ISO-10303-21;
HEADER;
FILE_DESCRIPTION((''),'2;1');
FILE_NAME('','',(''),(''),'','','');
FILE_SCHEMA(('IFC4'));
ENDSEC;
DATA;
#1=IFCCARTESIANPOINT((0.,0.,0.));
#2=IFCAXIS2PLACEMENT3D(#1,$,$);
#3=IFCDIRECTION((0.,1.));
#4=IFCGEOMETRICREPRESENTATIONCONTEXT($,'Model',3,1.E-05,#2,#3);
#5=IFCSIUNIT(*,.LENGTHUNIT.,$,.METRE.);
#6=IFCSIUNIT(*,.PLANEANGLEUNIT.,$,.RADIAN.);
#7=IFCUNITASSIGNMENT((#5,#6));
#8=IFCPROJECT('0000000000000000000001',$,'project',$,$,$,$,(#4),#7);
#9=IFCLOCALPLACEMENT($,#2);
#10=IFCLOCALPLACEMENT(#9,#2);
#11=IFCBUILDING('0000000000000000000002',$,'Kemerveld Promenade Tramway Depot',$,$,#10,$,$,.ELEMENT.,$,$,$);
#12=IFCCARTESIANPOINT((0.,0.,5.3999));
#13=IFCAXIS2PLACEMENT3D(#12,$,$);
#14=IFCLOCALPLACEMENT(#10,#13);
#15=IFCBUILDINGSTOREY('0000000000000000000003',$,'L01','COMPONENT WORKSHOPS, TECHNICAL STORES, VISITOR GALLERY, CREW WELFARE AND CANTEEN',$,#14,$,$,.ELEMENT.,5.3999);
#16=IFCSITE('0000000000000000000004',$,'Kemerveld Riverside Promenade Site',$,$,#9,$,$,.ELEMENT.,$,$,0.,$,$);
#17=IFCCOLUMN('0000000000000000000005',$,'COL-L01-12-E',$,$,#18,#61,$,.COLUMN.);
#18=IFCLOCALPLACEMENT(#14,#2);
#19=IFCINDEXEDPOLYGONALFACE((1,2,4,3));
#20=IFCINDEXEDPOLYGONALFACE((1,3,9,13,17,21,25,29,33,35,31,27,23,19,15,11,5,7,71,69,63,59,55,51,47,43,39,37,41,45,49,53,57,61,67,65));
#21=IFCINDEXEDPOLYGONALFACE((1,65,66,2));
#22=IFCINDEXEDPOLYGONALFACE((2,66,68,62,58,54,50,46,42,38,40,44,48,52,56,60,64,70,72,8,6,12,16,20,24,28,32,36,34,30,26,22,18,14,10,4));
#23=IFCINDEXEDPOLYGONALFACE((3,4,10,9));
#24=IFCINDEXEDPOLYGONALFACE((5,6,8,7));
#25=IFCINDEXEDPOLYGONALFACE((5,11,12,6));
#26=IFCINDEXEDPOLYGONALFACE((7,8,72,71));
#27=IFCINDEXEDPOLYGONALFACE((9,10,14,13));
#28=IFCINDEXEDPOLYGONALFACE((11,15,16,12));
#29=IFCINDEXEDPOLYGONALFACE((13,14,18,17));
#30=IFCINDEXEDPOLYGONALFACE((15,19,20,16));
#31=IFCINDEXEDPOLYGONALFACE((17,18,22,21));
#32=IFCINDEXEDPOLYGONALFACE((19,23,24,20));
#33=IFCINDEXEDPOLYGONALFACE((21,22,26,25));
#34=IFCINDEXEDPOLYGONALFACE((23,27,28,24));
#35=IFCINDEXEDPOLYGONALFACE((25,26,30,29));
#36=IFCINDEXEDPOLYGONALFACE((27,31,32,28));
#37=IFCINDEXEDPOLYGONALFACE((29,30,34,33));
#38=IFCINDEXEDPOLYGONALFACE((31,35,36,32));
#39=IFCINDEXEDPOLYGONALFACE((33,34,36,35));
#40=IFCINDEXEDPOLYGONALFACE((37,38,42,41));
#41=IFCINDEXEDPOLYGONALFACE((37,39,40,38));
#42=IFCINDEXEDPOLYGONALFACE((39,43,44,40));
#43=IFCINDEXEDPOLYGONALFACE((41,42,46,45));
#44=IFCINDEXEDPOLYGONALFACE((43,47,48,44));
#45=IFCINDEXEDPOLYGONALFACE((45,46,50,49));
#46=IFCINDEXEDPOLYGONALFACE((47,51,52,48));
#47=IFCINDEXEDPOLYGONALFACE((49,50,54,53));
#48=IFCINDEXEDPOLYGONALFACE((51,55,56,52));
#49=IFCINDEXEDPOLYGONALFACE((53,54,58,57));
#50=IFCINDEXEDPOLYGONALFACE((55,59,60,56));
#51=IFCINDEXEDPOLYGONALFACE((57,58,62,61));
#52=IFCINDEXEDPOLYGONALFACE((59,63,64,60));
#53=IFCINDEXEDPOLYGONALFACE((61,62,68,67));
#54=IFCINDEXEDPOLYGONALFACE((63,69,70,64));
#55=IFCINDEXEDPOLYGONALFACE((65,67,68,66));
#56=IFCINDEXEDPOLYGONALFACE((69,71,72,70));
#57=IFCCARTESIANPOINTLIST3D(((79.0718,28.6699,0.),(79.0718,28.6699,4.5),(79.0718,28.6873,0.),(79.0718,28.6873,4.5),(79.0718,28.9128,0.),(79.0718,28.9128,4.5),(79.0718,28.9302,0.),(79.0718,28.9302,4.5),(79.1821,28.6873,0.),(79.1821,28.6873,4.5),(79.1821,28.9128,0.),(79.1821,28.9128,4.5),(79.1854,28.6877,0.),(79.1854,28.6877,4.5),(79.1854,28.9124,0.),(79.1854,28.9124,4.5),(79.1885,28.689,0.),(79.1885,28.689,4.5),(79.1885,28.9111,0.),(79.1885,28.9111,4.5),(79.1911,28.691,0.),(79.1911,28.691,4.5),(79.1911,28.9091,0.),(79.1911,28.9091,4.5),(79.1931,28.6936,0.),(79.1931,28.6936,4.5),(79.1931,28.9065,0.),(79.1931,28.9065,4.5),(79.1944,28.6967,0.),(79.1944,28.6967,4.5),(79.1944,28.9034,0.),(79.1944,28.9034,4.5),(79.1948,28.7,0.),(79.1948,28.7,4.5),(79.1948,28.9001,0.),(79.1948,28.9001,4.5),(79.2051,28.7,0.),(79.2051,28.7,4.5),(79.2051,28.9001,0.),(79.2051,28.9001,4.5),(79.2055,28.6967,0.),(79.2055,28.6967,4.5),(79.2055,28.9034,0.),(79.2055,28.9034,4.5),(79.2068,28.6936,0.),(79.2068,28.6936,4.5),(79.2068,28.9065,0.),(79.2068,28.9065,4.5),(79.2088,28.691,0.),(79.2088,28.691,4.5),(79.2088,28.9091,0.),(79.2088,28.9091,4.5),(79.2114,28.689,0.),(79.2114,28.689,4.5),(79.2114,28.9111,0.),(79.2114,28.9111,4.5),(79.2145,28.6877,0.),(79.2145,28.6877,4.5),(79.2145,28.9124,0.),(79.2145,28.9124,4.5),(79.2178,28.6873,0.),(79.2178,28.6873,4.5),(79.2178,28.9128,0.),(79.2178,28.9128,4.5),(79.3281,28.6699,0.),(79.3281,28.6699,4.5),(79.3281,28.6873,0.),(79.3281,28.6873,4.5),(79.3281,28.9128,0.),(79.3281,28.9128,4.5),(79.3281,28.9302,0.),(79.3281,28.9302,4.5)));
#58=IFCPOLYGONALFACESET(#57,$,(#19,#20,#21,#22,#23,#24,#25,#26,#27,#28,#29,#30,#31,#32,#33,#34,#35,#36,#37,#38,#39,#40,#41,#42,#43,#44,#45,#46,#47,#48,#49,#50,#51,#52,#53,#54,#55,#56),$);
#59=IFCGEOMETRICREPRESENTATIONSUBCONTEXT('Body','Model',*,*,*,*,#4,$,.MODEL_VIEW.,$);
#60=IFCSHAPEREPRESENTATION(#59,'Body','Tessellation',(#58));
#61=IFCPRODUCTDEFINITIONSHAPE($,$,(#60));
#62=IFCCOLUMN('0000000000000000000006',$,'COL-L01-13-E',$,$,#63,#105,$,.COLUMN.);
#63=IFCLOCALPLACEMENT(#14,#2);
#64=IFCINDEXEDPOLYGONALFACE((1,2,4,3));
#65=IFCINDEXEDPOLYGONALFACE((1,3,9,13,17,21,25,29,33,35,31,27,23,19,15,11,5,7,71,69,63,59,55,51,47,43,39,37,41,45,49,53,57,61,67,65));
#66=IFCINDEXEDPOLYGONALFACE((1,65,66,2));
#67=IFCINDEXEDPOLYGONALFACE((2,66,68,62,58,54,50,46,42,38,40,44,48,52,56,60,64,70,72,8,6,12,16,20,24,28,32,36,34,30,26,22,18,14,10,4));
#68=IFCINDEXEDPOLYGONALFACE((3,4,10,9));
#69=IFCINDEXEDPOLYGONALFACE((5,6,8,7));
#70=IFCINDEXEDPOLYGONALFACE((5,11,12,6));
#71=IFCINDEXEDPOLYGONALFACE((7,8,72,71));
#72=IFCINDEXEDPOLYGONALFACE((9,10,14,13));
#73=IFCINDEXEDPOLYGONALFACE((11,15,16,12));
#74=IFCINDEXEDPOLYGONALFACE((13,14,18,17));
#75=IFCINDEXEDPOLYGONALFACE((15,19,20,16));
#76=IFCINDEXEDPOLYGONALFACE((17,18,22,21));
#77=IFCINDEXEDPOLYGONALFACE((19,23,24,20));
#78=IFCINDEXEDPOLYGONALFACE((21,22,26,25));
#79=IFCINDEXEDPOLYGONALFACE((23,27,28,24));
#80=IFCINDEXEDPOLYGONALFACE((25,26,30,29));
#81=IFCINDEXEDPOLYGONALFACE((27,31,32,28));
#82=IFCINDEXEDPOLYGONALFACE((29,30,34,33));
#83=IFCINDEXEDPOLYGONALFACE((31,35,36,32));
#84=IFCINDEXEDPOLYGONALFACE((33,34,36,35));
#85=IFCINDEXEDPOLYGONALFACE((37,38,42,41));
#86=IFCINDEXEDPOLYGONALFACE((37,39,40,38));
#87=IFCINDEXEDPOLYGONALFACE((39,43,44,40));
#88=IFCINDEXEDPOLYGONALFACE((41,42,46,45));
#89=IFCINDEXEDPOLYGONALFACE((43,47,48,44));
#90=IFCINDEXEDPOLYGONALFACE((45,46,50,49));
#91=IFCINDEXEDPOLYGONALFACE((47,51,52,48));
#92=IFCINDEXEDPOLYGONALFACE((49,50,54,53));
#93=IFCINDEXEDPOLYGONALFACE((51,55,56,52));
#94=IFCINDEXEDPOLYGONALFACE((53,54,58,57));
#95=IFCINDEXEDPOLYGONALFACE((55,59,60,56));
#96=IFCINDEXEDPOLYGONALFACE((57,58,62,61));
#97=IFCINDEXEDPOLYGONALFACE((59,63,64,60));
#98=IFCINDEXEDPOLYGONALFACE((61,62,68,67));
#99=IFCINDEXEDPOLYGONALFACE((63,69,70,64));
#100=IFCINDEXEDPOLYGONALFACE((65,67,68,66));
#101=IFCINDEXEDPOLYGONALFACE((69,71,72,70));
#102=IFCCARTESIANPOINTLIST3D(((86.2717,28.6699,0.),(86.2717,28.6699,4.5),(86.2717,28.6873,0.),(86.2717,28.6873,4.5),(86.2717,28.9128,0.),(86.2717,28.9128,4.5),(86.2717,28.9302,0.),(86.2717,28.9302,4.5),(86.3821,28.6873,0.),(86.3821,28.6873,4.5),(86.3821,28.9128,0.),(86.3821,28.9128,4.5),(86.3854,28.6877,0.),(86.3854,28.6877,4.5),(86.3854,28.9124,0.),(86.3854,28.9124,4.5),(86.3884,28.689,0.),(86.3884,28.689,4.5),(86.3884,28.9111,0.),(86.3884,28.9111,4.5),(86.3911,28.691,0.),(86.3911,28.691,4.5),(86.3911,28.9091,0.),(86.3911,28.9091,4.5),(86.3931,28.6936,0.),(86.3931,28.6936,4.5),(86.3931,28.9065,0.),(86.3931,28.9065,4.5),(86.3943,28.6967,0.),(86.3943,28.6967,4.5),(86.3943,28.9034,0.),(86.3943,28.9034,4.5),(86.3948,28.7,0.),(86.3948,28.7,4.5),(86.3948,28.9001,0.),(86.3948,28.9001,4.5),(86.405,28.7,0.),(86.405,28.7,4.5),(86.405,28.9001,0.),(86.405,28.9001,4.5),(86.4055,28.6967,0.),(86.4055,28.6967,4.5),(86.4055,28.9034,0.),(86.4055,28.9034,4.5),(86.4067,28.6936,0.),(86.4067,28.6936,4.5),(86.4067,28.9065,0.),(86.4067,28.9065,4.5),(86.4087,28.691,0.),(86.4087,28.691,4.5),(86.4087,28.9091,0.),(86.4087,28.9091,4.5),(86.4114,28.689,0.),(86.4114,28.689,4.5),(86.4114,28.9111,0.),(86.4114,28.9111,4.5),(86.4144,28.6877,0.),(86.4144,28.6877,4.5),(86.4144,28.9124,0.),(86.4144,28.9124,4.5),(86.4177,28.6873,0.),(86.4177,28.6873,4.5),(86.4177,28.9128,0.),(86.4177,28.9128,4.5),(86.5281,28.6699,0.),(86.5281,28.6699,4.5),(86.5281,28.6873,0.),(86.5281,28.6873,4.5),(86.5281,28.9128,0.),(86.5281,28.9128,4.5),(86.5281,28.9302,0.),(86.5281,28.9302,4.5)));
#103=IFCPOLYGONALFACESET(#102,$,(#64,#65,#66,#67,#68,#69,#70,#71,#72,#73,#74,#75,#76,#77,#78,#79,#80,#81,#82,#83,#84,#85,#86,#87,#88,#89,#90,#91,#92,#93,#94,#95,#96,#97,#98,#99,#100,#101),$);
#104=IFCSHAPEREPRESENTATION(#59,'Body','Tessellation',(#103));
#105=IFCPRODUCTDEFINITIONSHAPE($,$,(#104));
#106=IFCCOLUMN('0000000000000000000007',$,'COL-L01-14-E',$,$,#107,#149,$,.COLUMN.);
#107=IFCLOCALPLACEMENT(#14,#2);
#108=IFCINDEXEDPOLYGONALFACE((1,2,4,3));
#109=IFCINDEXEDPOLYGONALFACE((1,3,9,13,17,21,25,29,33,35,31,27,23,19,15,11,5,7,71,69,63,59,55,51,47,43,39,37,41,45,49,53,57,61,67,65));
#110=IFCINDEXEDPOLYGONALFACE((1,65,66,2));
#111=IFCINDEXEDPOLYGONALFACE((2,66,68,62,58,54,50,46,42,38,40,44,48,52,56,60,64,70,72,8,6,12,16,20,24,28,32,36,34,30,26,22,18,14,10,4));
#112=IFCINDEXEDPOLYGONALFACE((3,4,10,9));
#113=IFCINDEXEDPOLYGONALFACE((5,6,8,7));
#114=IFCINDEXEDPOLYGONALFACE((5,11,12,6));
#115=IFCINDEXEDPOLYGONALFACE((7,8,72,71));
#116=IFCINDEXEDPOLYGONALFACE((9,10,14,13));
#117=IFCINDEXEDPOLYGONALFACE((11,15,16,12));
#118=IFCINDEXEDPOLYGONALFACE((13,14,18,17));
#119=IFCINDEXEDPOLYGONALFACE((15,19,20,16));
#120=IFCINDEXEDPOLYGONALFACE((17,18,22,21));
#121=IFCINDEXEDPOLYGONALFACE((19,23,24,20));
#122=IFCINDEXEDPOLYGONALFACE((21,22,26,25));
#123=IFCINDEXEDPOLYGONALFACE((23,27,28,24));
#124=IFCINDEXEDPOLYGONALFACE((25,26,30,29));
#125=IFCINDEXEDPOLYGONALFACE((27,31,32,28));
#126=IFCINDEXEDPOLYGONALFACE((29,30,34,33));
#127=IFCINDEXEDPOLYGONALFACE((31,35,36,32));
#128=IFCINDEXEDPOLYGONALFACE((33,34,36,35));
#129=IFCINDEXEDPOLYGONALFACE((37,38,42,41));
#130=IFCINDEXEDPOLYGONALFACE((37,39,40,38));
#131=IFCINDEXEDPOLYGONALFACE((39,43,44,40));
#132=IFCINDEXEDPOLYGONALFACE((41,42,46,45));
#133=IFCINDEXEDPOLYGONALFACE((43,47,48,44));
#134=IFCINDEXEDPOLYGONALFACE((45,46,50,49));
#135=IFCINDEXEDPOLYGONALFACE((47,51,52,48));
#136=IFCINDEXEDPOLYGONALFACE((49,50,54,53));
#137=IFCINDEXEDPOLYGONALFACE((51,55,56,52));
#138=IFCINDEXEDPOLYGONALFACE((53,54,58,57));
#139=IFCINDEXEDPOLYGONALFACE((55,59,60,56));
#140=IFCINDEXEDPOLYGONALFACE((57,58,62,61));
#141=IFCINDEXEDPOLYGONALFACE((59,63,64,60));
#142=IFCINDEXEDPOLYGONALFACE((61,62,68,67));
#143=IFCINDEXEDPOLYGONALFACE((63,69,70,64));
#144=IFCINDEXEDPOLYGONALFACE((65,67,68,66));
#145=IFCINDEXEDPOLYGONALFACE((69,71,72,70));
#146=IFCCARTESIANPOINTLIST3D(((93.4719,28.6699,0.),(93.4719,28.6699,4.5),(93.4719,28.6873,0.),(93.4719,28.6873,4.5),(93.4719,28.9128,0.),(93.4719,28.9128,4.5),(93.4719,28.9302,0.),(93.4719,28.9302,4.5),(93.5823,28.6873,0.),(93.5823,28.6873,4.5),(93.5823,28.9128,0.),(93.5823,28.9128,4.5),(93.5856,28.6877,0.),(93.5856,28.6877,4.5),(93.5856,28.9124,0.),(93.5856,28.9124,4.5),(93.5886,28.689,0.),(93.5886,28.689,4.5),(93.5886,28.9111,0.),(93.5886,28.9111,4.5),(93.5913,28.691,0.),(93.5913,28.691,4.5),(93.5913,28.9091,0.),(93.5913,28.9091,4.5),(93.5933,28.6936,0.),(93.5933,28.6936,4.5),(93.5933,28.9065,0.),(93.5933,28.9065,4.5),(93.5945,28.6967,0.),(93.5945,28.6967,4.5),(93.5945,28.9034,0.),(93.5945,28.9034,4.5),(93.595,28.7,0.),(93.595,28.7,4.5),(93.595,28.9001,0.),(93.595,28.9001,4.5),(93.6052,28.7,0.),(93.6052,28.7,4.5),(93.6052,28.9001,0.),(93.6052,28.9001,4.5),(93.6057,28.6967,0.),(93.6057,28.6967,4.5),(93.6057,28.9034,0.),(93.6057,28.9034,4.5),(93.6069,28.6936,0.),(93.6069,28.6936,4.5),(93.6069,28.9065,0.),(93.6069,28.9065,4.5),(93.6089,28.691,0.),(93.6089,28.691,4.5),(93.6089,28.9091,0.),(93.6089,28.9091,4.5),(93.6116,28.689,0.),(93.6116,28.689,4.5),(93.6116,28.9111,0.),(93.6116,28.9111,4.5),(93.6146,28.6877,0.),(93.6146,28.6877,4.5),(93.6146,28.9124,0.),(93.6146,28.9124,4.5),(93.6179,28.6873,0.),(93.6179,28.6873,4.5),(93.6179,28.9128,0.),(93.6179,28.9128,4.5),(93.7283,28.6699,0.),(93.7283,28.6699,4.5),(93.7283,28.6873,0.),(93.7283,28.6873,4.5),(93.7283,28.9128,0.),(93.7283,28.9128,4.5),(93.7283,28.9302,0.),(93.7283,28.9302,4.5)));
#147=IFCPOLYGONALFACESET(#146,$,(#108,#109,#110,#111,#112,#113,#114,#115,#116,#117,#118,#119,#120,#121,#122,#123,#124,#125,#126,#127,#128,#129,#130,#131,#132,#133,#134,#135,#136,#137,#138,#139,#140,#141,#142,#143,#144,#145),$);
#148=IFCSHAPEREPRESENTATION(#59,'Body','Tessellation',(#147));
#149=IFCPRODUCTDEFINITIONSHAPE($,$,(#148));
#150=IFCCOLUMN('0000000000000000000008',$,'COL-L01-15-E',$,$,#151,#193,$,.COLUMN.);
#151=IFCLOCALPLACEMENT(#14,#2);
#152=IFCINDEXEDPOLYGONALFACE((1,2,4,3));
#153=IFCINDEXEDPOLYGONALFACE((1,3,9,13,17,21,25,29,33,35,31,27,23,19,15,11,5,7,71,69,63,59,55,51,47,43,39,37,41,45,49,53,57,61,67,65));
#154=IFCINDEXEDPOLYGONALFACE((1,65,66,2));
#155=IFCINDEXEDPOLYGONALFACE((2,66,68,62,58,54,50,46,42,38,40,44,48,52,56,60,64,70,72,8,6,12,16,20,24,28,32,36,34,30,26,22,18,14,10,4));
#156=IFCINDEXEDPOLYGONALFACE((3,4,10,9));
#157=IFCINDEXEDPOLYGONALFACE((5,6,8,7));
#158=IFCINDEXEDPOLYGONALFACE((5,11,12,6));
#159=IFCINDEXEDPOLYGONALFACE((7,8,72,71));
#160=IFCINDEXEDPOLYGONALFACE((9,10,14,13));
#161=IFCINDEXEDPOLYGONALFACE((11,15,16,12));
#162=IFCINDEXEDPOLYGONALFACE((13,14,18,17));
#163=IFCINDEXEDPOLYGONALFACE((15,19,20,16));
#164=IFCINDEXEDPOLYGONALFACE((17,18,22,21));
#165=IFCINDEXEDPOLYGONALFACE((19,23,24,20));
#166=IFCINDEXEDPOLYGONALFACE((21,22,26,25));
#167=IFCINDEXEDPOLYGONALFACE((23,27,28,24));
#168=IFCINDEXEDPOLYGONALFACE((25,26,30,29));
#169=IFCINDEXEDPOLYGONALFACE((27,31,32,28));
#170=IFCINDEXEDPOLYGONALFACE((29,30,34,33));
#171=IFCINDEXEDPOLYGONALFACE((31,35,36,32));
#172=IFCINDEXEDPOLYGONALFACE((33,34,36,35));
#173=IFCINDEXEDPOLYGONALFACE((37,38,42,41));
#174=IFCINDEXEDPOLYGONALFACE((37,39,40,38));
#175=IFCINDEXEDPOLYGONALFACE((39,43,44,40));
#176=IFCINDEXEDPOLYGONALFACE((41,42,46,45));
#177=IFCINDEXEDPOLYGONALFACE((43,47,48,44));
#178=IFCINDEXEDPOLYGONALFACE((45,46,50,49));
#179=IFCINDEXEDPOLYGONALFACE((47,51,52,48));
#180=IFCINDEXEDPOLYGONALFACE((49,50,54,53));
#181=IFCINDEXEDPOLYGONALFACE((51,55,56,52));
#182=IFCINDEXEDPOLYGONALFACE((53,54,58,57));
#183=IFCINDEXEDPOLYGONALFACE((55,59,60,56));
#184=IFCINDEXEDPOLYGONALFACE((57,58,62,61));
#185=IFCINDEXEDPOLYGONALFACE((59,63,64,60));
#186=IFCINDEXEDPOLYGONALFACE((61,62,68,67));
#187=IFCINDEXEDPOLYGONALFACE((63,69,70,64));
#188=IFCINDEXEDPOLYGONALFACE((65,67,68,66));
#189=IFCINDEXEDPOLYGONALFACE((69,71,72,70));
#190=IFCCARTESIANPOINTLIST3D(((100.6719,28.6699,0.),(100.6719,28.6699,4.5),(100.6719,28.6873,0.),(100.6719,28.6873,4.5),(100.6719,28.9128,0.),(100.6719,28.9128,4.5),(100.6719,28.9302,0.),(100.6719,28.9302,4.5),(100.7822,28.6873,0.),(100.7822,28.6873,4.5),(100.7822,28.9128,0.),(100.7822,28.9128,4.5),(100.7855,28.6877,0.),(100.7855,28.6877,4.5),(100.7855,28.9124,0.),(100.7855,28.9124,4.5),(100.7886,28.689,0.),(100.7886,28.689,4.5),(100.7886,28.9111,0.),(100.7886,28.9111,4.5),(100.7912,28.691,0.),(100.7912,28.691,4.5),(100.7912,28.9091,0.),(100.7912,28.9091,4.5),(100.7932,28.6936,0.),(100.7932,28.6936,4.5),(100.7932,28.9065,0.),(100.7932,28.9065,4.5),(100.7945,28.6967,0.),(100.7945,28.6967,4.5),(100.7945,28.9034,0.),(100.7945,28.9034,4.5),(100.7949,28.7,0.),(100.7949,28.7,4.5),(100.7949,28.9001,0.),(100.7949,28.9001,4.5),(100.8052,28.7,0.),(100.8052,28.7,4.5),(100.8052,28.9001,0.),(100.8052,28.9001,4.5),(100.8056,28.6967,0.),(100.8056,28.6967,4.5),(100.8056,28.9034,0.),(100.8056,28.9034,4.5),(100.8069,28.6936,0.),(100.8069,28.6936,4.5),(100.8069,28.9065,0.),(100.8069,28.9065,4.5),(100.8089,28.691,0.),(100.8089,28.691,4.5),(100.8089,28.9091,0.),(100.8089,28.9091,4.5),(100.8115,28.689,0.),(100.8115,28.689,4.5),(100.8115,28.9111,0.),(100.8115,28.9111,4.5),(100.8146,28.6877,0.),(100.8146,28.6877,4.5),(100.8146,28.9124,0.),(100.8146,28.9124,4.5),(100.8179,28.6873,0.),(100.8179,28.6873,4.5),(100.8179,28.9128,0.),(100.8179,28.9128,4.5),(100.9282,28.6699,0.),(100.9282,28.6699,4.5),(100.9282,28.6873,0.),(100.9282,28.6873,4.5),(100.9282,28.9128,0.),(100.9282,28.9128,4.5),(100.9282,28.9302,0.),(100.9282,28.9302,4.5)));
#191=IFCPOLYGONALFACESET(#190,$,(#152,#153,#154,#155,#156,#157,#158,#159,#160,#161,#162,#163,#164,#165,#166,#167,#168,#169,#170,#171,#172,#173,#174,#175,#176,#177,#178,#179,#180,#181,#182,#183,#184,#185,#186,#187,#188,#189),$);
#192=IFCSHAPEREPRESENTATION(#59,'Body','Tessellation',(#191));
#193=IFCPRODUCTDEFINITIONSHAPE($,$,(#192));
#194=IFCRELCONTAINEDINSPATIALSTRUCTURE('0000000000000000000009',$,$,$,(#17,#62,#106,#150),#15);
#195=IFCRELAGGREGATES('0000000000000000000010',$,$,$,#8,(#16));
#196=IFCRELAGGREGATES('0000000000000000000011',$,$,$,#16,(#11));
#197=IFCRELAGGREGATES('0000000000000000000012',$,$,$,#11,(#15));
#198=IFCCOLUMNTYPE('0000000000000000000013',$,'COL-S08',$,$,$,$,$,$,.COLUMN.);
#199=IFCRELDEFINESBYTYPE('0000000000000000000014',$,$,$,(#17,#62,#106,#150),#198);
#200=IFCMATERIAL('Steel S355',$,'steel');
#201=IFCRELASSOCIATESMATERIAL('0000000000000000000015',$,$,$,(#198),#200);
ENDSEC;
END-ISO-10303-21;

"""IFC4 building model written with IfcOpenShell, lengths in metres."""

from ifc_helpers import new_model, si_unit, direction, frame, origin, origin_2d, place, context, subcontext, project, spatial, i_section, extrude, material, material_profile, profile_set, type_object, element, save


model = new_model("IFC4")

# Units and contexts
model_context = context("Model", 3, precision=1e-05, world=origin(), true_north=direction((0.0, 1.0)))
body_context = subcontext(model_context, "Body", "Model", "MODEL_VIEW")
ifc_project = project(units=[si_unit("LENGTHUNIT", "METRE"), si_unit("PLANEANGLEUNIT", "RADIAN")], contexts=[model_context])

# Site, building, storey
site_placement = place(None, origin())
site = spatial("IfcSite", under=ifc_project, at=site_placement, Name="Kemerveld Riverside Promenade Site", CompositionType="ELEMENT", RefElevation=0.0)
building_placement = place(site_placement, origin())
building = spatial("IfcBuilding", under=site, at=building_placement, Name="Kemerveld Promenade Tramway Depot", CompositionType="ELEMENT")
storey_placement = place(building_placement, frame((0.0, 0.0, 5.3999)))
storey = spatial("IfcBuildingStorey", under=building, at=storey_placement, Name="L01", Description="COMPONENT WORKSHOPS, TECHNICAL STORES, VISITOR GALLERY, CREW WELFARE AND CANTEEN", CompositionType="ELEMENT", Elevation=5.3999)

# Columns
ifc_material_1 = material(Name="Steel S355", Category="steel")
ifc_material_profile_1 = material_profile(ifc_material_1, i_section(OverallWidth=0.2563, OverallDepth=0.2603, WebThickness=0.0103, FlangeThickness=0.0173, FilletRadius=0.0127, at=origin_2d()), Name="254x254x89 UC")
ifc_profile_set_1 = profile_set([ifc_material_profile_1], Name="Steel S355")
column_type = type_object("IfcColumnType", Name="COL-S08", PredefinedType="COLUMN", material=ifc_profile_set_1)
for number, where, z_axis, x_axis, name in (
    (1, (79.2, 28.8, 0.0), (0.0, 0.0, 1.0), (1.0, 0.0, 0.0), "COL-L01-12-E"),
    (2, (86.3999, 28.8, 0.0), (0.0, 0.0, 1.0), (1.0, 0.0, 0.0), "COL-L01-13-E"),
    (3, (93.6001, 28.8, 0.0), (0.0, 0.0, 1.0), (1.0, 0.0, 0.0), "COL-L01-14-E"),
    (4, (100.8, 28.8, 0.0), (0.0, 0.0, 1.0), (1.0, 0.0, 0.0), "COL-L01-15-E"),
):
    element("IfcColumn", number, at=place(storey_placement, frame(where, z_axis=z_axis, x_axis=x_axis)), inside=storey, type_object=column_type, Name=name, PredefinedType="COLUMN", context=body_context, shape_type="SweptSolid", body=[
        extrude(i_section(OverallWidth=0.2563, OverallDepth=0.2603, WebThickness=0.0103, FlangeThickness=0.0173, FilletRadius=0.0127, at=origin_2d()), origin(), (0.0, 0.0, 1.0), 4.5),
    ])

save(model, "model.ifc")
